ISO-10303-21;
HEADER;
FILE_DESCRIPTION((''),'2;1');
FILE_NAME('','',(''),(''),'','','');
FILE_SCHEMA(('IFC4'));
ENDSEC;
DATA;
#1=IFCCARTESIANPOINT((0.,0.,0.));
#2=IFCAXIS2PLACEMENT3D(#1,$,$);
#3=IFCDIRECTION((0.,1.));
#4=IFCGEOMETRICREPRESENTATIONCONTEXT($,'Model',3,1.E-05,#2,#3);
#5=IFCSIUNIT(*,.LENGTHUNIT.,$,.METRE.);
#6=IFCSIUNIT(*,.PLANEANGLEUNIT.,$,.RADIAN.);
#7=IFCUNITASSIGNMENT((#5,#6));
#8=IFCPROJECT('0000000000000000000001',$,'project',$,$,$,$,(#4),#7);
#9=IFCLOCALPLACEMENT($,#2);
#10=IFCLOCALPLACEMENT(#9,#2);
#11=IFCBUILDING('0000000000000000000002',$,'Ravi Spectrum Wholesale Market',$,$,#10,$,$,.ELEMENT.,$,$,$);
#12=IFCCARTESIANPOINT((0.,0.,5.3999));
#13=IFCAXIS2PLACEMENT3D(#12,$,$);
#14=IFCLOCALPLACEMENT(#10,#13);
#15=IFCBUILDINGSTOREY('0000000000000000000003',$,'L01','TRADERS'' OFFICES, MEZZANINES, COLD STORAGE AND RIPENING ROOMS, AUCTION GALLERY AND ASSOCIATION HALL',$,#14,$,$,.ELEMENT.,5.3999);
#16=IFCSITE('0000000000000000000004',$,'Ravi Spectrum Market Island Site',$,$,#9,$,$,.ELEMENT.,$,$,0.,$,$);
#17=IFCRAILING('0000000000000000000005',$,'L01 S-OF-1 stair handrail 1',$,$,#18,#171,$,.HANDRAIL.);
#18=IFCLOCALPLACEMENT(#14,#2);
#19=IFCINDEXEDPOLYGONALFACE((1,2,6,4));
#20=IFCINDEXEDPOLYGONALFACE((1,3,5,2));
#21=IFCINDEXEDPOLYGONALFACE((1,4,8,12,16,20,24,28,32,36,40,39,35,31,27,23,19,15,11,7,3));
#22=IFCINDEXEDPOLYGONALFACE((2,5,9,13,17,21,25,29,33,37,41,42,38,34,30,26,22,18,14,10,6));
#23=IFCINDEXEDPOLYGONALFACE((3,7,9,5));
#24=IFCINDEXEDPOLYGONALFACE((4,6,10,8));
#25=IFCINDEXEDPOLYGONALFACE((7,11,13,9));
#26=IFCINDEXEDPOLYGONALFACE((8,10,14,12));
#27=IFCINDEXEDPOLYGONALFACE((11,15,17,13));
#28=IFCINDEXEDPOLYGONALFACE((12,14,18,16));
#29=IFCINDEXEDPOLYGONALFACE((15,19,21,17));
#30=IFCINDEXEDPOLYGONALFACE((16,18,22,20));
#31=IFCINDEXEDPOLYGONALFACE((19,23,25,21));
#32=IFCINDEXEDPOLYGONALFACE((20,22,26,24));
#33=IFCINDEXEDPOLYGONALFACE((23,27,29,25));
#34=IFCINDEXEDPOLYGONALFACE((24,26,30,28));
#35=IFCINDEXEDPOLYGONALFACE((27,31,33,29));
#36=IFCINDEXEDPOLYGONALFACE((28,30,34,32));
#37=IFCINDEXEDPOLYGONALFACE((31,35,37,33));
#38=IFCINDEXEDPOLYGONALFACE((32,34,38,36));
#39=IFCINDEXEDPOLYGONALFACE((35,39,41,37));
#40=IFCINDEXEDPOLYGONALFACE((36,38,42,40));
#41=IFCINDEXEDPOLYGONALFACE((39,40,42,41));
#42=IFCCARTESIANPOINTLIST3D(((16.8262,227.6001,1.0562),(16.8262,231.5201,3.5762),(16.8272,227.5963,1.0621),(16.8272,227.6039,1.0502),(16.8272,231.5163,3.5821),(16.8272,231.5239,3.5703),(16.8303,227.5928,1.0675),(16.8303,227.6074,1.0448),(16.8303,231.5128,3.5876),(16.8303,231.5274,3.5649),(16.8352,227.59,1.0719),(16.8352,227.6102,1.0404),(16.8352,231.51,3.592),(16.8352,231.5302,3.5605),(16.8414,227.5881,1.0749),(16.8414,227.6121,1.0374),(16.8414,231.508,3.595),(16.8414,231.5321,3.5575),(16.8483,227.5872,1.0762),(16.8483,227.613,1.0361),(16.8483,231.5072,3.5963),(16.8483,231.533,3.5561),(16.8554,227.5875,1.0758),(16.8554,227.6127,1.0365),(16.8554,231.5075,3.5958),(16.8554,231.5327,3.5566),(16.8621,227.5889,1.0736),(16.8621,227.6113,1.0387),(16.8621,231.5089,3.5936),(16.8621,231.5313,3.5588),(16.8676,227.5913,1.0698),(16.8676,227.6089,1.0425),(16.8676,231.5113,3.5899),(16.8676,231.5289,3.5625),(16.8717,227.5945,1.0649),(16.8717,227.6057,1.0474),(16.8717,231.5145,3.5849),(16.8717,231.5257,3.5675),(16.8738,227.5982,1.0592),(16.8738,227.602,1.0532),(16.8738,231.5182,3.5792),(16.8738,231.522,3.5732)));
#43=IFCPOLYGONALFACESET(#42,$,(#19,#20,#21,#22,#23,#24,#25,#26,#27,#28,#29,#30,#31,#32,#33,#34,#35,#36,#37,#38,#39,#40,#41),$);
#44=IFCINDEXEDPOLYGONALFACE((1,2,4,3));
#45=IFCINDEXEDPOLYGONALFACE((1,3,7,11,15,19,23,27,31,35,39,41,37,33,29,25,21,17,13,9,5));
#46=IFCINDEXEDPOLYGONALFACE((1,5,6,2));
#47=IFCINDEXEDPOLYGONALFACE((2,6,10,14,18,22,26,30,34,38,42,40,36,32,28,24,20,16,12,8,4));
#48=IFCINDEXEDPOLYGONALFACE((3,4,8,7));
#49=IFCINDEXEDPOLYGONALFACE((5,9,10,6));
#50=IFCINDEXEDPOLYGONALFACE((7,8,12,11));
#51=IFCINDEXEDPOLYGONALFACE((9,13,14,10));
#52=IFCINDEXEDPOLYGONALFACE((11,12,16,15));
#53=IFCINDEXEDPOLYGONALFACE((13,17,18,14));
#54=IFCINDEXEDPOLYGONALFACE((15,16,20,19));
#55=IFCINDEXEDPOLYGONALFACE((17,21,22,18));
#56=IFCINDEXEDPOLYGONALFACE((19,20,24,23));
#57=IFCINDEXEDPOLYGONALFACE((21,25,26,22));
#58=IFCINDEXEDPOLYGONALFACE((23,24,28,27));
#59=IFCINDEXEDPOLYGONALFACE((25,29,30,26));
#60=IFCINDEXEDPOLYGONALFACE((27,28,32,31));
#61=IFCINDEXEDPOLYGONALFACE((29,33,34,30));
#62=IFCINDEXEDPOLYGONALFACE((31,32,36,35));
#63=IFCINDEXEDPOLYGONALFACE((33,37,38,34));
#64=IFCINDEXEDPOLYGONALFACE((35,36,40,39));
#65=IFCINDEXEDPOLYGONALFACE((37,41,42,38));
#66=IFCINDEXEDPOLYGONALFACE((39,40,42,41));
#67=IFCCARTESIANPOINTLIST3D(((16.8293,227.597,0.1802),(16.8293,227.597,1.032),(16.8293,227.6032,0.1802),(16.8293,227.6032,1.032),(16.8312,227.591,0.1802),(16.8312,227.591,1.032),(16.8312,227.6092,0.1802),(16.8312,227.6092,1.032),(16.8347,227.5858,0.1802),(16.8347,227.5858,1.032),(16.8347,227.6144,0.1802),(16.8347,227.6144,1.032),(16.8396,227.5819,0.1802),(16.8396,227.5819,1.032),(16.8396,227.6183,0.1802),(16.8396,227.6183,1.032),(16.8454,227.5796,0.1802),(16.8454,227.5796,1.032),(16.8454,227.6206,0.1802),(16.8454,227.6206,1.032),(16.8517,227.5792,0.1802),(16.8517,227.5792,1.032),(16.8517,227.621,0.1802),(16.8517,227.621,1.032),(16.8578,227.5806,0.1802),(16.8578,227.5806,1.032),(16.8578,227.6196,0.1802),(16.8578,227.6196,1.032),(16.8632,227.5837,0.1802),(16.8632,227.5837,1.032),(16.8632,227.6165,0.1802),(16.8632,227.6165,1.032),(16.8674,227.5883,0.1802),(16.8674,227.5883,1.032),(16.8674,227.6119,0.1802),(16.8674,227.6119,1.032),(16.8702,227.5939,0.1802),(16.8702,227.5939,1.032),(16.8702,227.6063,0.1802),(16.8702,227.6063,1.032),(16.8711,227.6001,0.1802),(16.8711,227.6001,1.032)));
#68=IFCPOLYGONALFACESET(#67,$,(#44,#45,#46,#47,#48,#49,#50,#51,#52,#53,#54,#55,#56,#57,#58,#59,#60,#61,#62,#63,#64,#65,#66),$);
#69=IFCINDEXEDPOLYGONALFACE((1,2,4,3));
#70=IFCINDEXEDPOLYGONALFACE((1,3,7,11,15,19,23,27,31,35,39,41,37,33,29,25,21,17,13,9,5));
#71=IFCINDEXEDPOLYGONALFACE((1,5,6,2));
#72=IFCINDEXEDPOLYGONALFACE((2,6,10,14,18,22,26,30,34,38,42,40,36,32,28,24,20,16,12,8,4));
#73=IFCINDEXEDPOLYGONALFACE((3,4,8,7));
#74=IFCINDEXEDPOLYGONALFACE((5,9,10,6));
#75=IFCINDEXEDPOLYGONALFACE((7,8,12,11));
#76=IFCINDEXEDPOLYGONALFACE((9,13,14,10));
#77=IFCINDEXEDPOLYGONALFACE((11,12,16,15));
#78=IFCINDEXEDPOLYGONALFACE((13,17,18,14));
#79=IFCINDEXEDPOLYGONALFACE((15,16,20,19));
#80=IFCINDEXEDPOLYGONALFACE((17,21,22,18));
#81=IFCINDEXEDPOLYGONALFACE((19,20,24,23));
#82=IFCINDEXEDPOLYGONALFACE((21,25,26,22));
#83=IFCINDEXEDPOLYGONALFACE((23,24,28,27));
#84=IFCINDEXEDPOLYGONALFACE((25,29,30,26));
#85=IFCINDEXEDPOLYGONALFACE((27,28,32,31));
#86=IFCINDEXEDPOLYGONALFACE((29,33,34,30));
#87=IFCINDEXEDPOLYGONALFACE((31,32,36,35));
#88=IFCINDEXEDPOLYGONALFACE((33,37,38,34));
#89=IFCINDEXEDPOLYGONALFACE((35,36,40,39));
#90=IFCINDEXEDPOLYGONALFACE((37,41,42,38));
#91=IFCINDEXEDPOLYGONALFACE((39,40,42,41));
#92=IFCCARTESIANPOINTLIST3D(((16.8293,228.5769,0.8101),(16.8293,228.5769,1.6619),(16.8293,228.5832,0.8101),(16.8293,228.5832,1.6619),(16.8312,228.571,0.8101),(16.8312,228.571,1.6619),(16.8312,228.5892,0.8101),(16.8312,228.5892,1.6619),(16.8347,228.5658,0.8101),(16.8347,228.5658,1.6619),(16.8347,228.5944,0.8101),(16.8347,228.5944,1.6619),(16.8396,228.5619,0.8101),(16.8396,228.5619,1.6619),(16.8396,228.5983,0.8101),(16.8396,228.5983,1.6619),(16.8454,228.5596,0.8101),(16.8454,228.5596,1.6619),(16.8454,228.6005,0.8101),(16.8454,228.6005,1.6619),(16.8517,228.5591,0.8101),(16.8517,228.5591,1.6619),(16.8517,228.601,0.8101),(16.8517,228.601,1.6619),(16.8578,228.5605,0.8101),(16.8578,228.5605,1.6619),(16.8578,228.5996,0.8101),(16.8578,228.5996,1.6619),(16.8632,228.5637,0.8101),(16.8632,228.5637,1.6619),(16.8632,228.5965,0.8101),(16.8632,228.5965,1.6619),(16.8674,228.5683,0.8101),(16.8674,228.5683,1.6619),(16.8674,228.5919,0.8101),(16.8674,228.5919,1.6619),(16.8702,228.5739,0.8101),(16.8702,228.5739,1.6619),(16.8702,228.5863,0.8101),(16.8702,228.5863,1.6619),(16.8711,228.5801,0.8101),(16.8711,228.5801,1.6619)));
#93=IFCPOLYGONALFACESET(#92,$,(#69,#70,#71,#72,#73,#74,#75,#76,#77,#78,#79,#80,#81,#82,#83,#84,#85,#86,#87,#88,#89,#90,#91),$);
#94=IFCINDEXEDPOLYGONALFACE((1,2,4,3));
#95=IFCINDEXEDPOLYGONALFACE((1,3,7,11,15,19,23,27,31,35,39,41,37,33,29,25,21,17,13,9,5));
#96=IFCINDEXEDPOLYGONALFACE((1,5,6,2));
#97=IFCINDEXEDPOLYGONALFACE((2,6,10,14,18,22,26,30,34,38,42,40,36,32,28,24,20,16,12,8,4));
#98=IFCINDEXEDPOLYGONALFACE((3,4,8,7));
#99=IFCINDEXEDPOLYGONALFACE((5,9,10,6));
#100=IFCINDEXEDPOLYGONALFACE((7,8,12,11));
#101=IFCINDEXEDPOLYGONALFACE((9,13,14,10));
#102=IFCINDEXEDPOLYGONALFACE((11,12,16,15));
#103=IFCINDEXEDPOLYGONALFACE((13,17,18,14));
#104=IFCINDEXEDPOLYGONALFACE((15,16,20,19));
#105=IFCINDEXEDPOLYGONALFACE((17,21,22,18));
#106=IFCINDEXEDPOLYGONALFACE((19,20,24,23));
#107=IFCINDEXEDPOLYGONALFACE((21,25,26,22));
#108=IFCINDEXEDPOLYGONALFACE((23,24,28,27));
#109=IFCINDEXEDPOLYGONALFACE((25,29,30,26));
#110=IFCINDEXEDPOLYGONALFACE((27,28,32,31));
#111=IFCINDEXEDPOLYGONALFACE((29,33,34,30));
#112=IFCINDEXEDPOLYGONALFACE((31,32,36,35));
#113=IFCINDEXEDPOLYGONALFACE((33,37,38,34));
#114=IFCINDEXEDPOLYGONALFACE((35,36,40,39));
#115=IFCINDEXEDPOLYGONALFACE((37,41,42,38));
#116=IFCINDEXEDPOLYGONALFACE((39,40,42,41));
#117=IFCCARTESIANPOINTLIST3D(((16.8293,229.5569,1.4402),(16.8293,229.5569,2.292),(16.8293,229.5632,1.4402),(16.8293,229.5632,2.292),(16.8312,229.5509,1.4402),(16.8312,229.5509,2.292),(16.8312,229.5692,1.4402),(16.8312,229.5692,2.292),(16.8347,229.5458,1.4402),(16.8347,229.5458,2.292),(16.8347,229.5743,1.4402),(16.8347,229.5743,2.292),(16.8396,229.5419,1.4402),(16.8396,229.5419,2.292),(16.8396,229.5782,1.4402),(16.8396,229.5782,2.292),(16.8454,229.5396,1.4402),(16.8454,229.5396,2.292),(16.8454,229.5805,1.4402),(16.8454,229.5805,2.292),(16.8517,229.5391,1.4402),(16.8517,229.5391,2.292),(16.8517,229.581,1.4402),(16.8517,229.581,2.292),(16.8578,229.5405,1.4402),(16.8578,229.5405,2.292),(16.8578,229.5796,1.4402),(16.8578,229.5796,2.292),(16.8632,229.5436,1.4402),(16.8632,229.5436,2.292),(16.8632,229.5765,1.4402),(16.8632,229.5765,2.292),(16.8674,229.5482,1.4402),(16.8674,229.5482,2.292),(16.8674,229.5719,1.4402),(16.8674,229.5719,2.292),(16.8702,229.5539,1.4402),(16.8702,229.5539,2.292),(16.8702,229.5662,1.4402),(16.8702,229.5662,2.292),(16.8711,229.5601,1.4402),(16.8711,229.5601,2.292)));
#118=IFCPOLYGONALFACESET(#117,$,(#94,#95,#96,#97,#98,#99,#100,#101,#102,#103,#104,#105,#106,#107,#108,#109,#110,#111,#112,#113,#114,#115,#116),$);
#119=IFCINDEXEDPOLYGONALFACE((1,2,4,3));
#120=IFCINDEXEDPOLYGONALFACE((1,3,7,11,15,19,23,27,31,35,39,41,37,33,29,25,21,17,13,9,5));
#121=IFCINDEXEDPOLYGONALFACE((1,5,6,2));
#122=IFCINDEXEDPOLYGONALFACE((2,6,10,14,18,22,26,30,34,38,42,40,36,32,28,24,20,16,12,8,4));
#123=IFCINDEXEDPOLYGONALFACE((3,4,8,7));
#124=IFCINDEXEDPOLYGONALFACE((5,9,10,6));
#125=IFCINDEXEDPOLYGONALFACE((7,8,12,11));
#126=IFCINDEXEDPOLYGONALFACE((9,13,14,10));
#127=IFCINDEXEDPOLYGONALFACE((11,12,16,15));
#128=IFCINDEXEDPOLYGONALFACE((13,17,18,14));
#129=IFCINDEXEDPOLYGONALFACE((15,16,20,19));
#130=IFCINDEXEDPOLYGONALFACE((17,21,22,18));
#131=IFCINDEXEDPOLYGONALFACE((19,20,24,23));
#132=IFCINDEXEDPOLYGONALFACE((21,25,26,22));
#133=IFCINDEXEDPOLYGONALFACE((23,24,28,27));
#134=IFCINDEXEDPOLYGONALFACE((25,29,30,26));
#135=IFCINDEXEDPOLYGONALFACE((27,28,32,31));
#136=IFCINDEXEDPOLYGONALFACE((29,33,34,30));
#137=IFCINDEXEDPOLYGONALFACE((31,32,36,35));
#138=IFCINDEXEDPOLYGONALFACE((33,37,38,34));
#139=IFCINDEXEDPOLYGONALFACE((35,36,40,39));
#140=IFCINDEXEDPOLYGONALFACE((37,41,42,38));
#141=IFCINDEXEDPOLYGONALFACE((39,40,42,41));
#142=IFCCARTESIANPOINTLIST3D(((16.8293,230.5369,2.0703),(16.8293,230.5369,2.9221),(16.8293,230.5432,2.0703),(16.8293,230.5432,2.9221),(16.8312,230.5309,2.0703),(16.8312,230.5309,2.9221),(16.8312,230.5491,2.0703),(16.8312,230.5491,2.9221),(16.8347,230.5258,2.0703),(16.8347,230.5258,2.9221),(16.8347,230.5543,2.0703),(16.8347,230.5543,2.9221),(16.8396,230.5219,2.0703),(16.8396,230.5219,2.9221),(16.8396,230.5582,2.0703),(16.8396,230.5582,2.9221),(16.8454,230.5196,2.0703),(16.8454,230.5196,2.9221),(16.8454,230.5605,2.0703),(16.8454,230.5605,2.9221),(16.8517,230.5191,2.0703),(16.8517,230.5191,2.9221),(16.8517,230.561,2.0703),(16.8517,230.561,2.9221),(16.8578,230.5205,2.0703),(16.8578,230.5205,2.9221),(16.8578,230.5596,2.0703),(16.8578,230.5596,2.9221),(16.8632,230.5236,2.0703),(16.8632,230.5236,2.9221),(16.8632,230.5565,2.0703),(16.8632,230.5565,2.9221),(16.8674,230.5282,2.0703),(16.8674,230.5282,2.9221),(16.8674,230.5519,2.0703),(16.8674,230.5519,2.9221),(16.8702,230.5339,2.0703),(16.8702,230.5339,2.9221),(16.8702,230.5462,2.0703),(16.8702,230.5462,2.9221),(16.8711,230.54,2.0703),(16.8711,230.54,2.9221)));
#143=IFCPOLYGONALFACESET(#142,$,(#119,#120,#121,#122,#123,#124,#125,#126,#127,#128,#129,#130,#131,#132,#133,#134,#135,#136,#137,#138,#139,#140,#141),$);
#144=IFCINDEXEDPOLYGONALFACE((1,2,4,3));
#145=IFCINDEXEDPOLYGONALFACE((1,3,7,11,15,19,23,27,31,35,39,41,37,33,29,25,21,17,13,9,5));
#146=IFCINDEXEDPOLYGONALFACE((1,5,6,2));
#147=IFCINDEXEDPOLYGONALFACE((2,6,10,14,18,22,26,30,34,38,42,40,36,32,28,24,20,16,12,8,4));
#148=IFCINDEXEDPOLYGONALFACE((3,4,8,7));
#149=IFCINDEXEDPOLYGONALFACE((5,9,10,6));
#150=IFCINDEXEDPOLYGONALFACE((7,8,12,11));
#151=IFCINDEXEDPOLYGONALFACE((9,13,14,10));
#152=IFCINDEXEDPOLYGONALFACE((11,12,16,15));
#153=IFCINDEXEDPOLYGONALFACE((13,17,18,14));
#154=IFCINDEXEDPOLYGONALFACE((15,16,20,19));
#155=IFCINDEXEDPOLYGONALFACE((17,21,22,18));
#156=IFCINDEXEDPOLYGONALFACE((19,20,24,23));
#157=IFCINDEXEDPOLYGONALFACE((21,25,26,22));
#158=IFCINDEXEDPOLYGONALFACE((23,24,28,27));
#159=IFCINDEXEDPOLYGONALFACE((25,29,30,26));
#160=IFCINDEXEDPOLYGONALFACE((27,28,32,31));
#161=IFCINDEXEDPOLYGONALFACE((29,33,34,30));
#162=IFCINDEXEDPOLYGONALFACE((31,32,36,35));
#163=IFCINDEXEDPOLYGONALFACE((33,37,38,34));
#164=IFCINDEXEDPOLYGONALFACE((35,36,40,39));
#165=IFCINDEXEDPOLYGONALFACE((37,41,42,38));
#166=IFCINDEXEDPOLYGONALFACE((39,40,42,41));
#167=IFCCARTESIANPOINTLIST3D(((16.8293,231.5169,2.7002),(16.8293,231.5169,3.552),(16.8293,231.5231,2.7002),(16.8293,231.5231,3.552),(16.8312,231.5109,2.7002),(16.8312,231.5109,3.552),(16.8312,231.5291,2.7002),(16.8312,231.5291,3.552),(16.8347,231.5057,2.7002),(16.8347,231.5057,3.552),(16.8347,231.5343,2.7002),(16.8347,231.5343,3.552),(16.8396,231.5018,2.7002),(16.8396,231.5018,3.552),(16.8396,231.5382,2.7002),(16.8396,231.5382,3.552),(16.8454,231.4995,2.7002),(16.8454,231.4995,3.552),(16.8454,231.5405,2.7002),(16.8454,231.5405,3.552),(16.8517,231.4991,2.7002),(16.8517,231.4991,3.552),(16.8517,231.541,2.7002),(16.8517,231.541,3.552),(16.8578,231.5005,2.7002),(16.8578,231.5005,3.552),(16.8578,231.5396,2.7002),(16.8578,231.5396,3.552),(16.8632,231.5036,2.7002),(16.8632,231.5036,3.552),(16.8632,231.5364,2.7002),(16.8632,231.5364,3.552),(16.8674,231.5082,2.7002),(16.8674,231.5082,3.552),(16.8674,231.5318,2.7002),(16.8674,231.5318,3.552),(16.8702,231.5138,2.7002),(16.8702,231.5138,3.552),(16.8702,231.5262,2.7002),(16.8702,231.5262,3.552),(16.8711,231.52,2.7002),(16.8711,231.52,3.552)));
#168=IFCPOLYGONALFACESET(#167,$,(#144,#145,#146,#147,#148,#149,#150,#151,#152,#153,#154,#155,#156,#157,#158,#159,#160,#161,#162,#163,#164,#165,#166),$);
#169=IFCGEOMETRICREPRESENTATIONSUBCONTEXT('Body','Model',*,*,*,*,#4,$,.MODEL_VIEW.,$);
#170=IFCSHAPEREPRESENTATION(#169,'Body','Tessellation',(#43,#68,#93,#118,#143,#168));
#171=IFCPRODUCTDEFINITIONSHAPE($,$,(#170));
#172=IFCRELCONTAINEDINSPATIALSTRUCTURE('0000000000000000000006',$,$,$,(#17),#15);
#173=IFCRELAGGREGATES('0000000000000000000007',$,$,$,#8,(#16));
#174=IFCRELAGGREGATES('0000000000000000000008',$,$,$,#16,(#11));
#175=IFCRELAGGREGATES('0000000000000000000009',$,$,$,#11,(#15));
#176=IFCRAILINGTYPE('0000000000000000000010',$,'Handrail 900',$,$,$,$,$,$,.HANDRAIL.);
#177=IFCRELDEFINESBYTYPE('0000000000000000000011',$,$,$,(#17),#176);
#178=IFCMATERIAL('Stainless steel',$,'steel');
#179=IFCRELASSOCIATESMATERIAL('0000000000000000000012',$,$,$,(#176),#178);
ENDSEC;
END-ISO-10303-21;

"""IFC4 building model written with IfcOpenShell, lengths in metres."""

from ifc_helpers import new_model, si_unit, direction, frame, origin, origin_2d, place, context, subcontext, project, spatial, circle, extrude, material, type_object, element, save


model = new_model("IFC4")

# Units and contexts
model_context = context("Model", 3, precision=1e-05, world=origin(), true_north=direction((0.0, 1.0)))
body_context = subcontext(model_context, "Body", "Model", "MODEL_VIEW")
ifc_project = project(units=[si_unit("LENGTHUNIT", "METRE"), si_unit("PLANEANGLEUNIT", "RADIAN")], contexts=[model_context])

# Site, building, storey
site_placement = place(None, origin())
site = spatial("IfcSite", under=ifc_project, at=site_placement, Name="Ravi Spectrum Market Island Site", CompositionType="ELEMENT", RefElevation=0.0)
building_placement = place(site_placement, origin())
building = spatial("IfcBuilding", under=site, at=building_placement, Name="Ravi Spectrum Wholesale Market", CompositionType="ELEMENT")
storey_placement = place(building_placement, frame((0.0, 0.0, 5.3999)))
storey = spatial("IfcBuildingStorey", under=building, at=storey_placement, Name="L01", Description="TRADERS' OFFICES, MEZZANINES, COLD STORAGE AND RIPENING ROOMS, AUCTION GALLERY AND ASSOCIATION HALL", CompositionType="ELEMENT", Elevation=5.3999)

# Railing
ifc_material_1 = material(Name="Stainless steel", Category="steel")
railing_type_1 = type_object("IfcRailingType", Name="Handrail 900", PredefinedType="HANDRAIL", material=ifc_material_1)
railing_1_placement = place(storey_placement, frame((16.8501, 227.6001, 0.1802)))
element("IfcRailing", 1, at=railing_1_placement, inside=storey, type_object=railing_type_1, Name="L01 S-OF-1 stair handrail 1", PredefinedType="HANDRAIL", context=body_context, shape_type="SweptSolid", body=[
    extrude(circle(Radius=0.0239, at=origin_2d()), frame((0.0, 0.0, 0.876), z_axis=(0.0, 0.841172, 0.540768), x_axis=(-1.0, 0.0, 0.0)), (0.0, 0.0, 1.0), 4.6602),
    extrude(circle(Radius=0.021, at=origin_2d()), origin(), (0.0, 0.0, 1.0), 0.8518),
    extrude(circle(Radius=0.021, at=origin_2d()), frame((0.0, 0.98, 0.6299)), (0.0, 0.0, 1.0), 0.8518),
    extrude(circle(Radius=0.021, at=origin_2d()), frame((0.0, 1.96, 1.26)), (0.0, 0.0, 1.0), 0.8518),
    extrude(circle(Radius=0.021, at=origin_2d()), frame((0.0, 2.9399, 1.8901)), (0.0, 0.0, 1.0), 0.8518),
    extrude(circle(Radius=0.021, at=origin_2d()), frame((0.0, 3.9199, 2.52)), (0.0, 0.0, 1.0), 0.8518),
])

save(model, "model.ifc")
